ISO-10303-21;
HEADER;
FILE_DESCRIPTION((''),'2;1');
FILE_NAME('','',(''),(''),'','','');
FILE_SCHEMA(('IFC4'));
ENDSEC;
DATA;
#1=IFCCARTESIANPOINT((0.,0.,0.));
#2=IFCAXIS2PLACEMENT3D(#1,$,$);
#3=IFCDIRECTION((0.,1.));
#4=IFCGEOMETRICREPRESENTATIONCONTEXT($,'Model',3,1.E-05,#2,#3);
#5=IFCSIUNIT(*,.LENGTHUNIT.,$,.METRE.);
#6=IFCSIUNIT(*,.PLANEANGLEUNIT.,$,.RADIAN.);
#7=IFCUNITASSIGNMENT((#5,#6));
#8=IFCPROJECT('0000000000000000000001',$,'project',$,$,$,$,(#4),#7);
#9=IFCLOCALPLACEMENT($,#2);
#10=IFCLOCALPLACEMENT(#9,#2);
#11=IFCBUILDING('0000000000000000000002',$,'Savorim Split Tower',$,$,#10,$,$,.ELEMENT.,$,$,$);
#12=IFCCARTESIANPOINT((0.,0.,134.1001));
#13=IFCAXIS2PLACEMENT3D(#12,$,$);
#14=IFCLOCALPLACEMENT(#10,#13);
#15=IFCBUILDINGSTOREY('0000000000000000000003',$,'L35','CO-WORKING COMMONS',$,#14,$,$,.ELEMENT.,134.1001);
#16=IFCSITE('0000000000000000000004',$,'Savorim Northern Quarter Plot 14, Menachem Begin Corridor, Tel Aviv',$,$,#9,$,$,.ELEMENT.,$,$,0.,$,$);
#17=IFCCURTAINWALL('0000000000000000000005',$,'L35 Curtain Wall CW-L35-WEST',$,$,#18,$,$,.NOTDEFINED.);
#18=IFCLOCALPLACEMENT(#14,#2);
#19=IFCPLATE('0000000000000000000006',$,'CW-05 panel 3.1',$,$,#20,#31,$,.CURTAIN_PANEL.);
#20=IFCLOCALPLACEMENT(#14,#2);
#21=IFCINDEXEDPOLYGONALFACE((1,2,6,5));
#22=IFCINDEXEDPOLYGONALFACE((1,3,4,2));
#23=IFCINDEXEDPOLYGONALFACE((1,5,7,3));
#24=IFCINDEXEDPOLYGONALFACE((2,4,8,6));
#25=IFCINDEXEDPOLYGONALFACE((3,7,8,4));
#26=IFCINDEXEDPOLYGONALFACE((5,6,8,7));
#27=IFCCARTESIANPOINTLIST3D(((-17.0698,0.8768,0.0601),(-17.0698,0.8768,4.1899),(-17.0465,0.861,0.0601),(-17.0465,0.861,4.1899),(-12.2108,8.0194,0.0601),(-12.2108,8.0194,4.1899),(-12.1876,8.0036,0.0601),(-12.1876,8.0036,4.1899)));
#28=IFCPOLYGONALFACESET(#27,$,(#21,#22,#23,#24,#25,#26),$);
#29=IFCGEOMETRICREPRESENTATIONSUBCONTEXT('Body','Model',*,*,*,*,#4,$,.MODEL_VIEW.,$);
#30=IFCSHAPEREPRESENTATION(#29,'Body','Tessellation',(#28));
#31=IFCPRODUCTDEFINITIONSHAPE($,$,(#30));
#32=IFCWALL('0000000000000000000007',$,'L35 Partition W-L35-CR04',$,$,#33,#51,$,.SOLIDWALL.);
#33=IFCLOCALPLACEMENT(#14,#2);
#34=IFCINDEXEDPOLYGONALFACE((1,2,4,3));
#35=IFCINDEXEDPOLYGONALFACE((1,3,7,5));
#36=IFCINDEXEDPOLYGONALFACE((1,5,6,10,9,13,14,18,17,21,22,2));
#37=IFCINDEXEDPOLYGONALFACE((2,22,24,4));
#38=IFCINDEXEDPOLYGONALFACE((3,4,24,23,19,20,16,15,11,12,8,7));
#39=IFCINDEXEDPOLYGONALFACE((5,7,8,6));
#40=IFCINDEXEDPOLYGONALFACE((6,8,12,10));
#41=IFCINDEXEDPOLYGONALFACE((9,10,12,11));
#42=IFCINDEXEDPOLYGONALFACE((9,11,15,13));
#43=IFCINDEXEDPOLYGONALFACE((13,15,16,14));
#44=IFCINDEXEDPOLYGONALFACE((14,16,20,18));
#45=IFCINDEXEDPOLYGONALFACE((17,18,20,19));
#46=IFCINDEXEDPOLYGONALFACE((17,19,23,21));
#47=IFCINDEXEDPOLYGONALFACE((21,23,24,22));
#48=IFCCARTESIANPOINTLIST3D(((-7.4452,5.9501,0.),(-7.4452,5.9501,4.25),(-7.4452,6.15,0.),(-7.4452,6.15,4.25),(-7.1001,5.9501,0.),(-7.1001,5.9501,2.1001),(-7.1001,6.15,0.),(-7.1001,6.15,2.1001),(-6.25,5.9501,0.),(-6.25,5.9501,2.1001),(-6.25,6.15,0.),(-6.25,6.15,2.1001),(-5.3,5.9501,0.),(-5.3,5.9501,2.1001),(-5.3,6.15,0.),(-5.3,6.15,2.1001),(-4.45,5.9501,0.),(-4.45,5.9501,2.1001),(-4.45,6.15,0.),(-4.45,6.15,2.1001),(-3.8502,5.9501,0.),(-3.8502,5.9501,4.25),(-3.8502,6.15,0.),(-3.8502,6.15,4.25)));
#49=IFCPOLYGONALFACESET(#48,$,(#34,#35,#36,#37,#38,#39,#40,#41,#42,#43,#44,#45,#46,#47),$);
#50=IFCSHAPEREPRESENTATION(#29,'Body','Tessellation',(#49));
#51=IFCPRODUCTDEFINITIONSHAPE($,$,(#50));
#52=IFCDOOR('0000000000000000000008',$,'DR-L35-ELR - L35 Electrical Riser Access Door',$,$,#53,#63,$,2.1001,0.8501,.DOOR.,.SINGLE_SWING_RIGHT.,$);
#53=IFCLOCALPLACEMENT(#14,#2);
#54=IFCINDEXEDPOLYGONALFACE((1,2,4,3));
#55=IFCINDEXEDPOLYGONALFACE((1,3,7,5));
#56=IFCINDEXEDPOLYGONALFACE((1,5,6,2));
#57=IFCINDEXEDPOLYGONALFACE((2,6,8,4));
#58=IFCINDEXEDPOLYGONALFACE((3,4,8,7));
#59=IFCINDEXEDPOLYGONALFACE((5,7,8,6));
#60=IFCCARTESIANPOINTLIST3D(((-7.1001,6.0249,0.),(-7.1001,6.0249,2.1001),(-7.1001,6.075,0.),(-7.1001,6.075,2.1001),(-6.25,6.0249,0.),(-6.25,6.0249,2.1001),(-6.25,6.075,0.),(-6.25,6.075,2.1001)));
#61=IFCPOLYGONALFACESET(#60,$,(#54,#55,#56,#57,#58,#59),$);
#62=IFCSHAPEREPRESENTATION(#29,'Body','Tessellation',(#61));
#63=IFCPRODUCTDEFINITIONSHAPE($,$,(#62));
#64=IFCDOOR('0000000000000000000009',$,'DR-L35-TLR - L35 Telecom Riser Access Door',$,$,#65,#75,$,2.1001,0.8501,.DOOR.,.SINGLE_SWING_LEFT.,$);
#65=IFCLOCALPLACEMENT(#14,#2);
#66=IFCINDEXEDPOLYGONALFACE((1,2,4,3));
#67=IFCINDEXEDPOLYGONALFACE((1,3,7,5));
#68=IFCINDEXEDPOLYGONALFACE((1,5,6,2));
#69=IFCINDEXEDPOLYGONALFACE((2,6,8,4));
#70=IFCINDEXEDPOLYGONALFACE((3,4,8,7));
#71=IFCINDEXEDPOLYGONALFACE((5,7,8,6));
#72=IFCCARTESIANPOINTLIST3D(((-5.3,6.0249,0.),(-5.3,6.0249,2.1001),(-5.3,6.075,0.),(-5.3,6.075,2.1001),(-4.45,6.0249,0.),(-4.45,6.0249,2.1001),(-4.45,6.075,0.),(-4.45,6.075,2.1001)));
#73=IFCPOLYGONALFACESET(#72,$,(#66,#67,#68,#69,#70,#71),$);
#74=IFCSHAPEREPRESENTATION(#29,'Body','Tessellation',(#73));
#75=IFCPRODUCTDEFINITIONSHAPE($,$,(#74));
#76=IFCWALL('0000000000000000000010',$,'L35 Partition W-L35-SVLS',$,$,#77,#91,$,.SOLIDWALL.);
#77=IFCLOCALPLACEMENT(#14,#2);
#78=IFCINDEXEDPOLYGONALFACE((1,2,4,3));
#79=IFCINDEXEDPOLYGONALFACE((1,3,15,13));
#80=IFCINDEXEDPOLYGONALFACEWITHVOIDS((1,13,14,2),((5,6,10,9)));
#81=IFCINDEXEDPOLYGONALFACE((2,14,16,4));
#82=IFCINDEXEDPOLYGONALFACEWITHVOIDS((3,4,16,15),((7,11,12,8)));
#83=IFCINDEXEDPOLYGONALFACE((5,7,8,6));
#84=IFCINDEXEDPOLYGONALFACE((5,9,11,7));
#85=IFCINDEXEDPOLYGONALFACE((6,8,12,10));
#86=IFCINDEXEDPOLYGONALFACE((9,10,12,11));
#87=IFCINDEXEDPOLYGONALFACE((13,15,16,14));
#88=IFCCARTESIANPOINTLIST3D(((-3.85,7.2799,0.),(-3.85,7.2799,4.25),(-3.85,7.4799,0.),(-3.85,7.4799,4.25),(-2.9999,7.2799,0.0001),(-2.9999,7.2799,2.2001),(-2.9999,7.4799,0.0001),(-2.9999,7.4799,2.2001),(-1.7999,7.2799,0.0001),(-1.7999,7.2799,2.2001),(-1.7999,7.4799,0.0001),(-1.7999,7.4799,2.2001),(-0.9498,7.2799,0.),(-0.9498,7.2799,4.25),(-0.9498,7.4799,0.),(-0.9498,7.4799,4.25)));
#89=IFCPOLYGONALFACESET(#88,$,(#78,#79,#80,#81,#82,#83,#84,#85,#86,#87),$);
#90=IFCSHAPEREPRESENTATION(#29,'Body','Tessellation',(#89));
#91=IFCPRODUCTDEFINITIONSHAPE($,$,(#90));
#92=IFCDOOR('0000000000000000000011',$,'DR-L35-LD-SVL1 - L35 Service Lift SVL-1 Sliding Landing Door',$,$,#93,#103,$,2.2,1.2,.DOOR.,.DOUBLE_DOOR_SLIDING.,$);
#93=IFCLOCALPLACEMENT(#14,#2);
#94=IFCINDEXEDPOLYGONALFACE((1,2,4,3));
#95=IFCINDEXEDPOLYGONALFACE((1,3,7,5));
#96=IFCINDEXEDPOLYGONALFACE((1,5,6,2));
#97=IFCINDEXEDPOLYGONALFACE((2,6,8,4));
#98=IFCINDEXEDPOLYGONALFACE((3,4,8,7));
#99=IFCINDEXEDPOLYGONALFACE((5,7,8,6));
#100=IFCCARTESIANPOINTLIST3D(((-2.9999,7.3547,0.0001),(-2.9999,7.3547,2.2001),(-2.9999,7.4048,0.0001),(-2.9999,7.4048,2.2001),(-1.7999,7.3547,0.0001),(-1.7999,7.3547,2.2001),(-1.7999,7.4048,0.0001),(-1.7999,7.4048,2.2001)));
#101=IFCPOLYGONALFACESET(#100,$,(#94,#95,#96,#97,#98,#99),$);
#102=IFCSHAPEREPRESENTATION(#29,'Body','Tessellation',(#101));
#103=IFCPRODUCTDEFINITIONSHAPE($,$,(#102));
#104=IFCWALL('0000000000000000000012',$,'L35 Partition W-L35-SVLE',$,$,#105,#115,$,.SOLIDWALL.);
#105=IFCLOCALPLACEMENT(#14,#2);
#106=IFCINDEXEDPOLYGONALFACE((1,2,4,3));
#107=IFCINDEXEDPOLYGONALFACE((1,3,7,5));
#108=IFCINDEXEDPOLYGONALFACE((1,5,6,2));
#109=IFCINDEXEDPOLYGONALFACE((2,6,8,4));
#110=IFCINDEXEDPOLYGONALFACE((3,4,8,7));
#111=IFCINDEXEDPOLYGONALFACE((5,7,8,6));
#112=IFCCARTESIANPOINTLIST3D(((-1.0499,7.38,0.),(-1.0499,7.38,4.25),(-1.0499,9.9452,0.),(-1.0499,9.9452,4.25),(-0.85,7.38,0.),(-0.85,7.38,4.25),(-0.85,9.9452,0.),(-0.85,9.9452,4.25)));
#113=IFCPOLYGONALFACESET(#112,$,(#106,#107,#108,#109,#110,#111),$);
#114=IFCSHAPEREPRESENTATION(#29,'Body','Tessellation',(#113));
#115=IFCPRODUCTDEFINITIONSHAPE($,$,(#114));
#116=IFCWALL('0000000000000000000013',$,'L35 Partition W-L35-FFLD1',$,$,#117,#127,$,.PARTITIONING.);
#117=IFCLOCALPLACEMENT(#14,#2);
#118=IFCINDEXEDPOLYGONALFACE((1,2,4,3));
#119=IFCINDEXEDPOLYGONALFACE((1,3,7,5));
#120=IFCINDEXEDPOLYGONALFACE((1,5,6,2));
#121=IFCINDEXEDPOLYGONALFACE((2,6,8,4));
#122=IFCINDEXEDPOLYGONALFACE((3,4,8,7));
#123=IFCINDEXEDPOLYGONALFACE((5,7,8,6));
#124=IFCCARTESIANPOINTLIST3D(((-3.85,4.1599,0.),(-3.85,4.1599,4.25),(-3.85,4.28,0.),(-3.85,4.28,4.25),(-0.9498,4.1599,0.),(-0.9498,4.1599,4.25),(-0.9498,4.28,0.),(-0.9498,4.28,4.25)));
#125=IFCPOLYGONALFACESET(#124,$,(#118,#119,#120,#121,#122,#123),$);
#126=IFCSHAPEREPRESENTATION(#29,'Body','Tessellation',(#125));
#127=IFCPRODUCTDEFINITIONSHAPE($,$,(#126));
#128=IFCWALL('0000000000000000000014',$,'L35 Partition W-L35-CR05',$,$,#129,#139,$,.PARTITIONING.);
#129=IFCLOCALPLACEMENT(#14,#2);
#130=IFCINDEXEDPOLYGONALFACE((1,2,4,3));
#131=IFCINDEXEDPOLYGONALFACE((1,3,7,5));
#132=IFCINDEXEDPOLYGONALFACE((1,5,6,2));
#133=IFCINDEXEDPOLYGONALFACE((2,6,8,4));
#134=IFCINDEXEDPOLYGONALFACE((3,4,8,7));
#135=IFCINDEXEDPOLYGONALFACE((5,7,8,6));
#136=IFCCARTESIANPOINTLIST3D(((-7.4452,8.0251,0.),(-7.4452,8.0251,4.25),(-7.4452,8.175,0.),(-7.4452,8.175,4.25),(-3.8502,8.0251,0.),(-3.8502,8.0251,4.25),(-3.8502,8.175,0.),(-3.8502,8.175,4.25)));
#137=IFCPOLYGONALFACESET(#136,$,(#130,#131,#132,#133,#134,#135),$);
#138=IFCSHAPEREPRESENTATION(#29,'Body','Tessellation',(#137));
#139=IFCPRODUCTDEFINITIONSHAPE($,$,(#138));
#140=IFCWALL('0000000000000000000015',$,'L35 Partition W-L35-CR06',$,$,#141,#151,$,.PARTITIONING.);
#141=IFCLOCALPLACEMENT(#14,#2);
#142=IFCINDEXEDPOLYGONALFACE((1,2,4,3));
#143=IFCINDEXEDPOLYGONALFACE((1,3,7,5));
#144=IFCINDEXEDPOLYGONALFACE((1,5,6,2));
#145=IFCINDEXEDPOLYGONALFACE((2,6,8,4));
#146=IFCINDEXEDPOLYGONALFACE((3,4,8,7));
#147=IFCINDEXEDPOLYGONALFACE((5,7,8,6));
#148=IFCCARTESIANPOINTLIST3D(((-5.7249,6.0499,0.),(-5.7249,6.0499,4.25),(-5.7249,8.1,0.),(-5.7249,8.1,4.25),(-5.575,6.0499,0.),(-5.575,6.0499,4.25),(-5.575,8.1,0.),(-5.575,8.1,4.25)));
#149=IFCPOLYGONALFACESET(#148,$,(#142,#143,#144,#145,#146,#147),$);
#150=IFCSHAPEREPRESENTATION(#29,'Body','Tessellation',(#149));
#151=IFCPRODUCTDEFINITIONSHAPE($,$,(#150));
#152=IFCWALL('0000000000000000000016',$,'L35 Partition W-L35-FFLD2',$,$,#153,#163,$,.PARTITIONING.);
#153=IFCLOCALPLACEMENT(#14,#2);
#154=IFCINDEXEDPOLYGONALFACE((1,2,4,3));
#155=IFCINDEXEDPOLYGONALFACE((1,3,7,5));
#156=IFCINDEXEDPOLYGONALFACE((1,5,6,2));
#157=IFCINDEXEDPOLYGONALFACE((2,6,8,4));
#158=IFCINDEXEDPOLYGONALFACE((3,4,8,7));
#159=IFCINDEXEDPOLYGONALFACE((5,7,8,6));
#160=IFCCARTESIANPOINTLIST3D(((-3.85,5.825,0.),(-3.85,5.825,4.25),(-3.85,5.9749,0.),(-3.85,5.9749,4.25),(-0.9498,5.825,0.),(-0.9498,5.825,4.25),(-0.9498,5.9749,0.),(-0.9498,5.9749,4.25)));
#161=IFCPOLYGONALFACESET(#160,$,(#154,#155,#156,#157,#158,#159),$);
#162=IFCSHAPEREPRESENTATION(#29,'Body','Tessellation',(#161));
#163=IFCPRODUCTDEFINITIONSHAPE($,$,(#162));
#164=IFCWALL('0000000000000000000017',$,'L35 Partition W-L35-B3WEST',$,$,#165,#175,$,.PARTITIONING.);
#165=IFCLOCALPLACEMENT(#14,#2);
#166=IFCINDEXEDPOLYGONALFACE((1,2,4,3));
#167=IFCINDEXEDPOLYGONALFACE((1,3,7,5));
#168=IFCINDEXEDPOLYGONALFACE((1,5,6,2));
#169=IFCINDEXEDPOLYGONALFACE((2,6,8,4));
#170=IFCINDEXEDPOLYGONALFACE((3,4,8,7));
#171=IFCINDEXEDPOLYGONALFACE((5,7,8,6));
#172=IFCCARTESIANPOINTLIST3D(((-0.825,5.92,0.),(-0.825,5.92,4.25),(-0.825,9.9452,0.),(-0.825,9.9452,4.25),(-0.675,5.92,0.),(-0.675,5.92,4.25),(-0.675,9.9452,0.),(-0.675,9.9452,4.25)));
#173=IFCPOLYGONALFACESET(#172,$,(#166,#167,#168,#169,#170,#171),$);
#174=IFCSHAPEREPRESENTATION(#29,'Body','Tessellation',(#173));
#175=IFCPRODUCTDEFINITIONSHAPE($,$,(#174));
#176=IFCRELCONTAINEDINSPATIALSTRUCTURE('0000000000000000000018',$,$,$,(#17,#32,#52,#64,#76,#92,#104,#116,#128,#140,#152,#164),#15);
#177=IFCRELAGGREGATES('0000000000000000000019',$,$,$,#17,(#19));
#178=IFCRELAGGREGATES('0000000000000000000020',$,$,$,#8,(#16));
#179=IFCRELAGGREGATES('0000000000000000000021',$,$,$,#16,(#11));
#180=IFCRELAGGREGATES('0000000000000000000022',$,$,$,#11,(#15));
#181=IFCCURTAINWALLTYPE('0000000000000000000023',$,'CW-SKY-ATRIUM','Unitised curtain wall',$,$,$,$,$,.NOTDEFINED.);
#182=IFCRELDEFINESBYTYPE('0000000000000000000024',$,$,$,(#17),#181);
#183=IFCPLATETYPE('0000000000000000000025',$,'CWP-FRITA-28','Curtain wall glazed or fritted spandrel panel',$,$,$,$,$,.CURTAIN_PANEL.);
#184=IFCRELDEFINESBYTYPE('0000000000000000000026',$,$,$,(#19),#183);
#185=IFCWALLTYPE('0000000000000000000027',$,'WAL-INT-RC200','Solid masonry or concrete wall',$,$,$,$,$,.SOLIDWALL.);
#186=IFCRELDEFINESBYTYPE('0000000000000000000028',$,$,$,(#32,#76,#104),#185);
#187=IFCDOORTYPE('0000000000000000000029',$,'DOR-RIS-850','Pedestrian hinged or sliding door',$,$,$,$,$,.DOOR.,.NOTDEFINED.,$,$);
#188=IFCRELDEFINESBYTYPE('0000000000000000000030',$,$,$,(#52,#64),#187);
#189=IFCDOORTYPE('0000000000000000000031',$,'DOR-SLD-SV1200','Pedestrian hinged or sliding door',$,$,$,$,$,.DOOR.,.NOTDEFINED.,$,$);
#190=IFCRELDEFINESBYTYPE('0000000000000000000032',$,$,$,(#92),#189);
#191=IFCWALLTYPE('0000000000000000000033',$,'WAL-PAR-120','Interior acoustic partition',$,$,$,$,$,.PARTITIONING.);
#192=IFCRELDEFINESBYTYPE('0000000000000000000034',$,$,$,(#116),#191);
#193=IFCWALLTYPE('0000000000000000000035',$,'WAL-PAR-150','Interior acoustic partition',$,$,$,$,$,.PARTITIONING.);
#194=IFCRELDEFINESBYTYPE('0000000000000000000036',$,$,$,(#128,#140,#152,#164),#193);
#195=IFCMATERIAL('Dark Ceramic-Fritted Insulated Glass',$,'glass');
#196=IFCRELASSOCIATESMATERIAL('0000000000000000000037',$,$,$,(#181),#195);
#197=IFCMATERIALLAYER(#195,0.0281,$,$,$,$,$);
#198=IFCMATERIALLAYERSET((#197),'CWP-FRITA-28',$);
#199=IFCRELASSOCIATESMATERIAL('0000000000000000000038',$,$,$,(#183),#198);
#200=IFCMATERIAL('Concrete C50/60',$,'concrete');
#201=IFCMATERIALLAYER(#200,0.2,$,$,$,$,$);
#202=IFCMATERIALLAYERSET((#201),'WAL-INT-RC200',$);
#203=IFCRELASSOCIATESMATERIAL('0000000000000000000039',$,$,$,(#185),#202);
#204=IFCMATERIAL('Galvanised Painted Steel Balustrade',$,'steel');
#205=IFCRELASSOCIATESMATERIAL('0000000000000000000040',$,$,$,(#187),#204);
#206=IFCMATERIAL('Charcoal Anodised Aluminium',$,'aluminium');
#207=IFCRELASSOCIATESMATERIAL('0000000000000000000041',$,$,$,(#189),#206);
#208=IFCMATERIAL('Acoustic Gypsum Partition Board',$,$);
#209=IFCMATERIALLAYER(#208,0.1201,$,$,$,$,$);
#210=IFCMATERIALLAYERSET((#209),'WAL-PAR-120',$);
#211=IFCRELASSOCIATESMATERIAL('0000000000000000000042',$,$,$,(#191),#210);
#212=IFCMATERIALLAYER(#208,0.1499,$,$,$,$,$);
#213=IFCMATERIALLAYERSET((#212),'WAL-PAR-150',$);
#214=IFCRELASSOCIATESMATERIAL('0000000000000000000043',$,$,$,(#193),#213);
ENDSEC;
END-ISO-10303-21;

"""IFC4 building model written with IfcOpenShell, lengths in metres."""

from ifc_helpers import new_model, si_unit, direction, frame, frame_2d, origin, origin_2d, place, context, subcontext, project, spatial, rectangle, extrude, material, layer, layer_set, type_object, element, fill, aggregate, save


model = new_model("IFC4")

# Units and contexts
model_context = context("Model", 3, precision=1e-05, world=origin(), true_north=direction((0.0, 1.0)))
body_context = subcontext(model_context, "Body", "Model", "MODEL_VIEW")
ifc_project = project(units=[si_unit("LENGTHUNIT", "METRE"), si_unit("PLANEANGLEUNIT", "RADIAN")], contexts=[model_context])

# Site, building, storey
site_placement = place(None, origin())
site = spatial("IfcSite", under=ifc_project, at=site_placement, Name="Savorim Northern Quarter Plot 14, Menachem Begin Corridor, Tel Aviv", CompositionType="ELEMENT", RefElevation=0.0)
building_placement = place(site_placement, origin())
building = spatial("IfcBuilding", under=site, at=building_placement, Name="Savorim Split Tower", CompositionType="ELEMENT")
storey_placement = place(building_placement, frame((0.0, 0.0, 134.1001)))
storey = spatial("IfcBuildingStorey", under=building, at=storey_placement, Name="L35", Description="CO-WORKING COMMONS", CompositionType="ELEMENT", Elevation=134.1001)

# Curtain wall, plate
ifc_material_1 = material(Name="Dark Ceramic-Fritted Insulated Glass", Category="glass")
curtain_wall_type = type_object("IfcCurtainWallType", Name="CW-SKY-ATRIUM", Description="Unitised curtain wall", PredefinedType="NOTDEFINED", material=ifc_material_1)
curtain_wall_placement = place(storey_placement, origin())
curtain_wall = element("IfcCurtainWall", 1, at=curtain_wall_placement, inside=storey, type_object=curtain_wall_type, Name="L35 Curtain Wall CW-L35-WEST", PredefinedType="NOTDEFINED")
ifc_material_2 = material(Name="Charcoal Anodised Aluminium", Category="aluminium")
ifc_layer_1 = layer(ifc_material_1, 0.0281)
ifc_layer_set_1 = layer_set([ifc_layer_1], Name="CWP-FRITA-28")
plate_type = type_object("IfcPlateType", Name="CWP-FRITA-28", Description="Curtain wall glazed or fritted spandrel panel", PredefinedType="CURTAIN_PANEL", material=ifc_layer_set_1)
plate_placement = place(storey_placement, frame((-14.6287, 4.4402, 0.0601), z_axis=(0.0, 0.0, 1.0), x_axis=(-0.562467, -0.82682, 0.0)))
plate = element("IfcPlate", 2, at=plate_placement, type_object=plate_type, Name="CW-05 panel 3.1", PredefinedType="CURTAIN_PANEL", context=body_context, shape_type="SweptSolid", body=[
    extrude(rectangle(XDim=8.6387, YDim=0.0281, at=origin_2d()), origin(), (0.0, 0.0, 1.0), 4.1299),
])
aggregate(curtain_wall, [plate])

# Wall, openings, doors
ifc_material_3 = material(Name="Concrete C50/60", Category="concrete")
ifc_layer_2 = layer(ifc_material_3, 0.2)
ifc_layer_set_2 = layer_set([ifc_layer_2], Name="WAL-INT-RC200")
wall_type_1 = type_object("IfcWallType", Name="WAL-INT-RC200", Description="Solid masonry or concrete wall", PredefinedType="SOLIDWALL", material=ifc_layer_set_2)
wall_1_placement = place(storey_placement, frame((-7.4451, 6.05, 0.0), z_axis=(0.0, 0.0, 1.0), x_axis=(1.0, 0.0, 0.0)))
wall_1 = element("IfcWall", 3, at=wall_1_placement, inside=storey, type_object=wall_type_1, Name="L35 Partition W-L35-CR04", PredefinedType="SOLIDWALL", context=body_context, shape_type="SweptSolid", body=[
    extrude(rectangle(XDim=3.595, YDim=0.2, at=frame_2d((1.7974, 0.0))), origin(), (0.0, 0.0, 1.0), 4.25),
])
opening_1_placement = place(wall_1_placement, frame((0.345, 0.0, 0.0)))
opening_1 = element("IfcOpeningElement", 4, at=opening_1_placement, cuts=wall_1, PredefinedType="OPENING", context=body_context, shape_type="SweptSolid", body=[
    extrude(rectangle(XDim=0.8501, YDim=2.1001, at=frame_2d((0.425, 1.05))), frame((0.0, 0.1099, 0.0), z_axis=(0.0, -1.0, 0.0), x_axis=(1.0, 0.0, 0.0)), (0.0, 0.0, 1.0), 0.22),
])
opening_2_placement = place(wall_1_placement, frame((2.145, 0.0, 0.0)))
opening_2 = element("IfcOpeningElement", 5, at=opening_2_placement, cuts=wall_1, PredefinedType="OPENING", context=body_context, shape_type="SweptSolid", body=[
    extrude(rectangle(XDim=0.8501, YDim=2.1001, at=frame_2d((0.425, 1.05))), frame((0.0, 0.1099, 0.0), z_axis=(0.0, -1.0, 0.0), x_axis=(1.0, 0.0, 0.0)), (0.0, 0.0, 1.0), 0.22),
])
ifc_material_4 = material(Name="Galvanised Painted Steel Balustrade", Category="steel")
door_type_1 = type_object("IfcDoorType", Name="DOR-RIS-850", Description="Pedestrian hinged or sliding door", OperationType="NOTDEFINED", PredefinedType="DOOR", material=ifc_material_4)
door_1_placement = place(opening_1_placement, origin())
door_1 = element("IfcDoor", 6, at=door_1_placement, inside=storey, type_object=door_type_1, Name="DR-L35-ELR - L35 Electrical Riser Access Door", OperationType="SINGLE_SWING_RIGHT", OverallHeight=2.1001, OverallWidth=0.8501, PredefinedType="DOOR", context=body_context, shape_type="SweptSolid", body=[
    extrude(rectangle(XDim=0.8501, YDim=2.1001, at=frame_2d((0.425, 1.05))), frame((0.0, 0.0249, 0.0), z_axis=(0.0, -1.0, 0.0), x_axis=(1.0, 0.0, 0.0)), (0.0, 0.0, 1.0), 0.05),
])
fill(opening_1, door_1)
door_2_placement = place(opening_2_placement, origin())
door_2 = element("IfcDoor", 7, at=door_2_placement, inside=storey, type_object=door_type_1, Name="DR-L35-TLR - L35 Telecom Riser Access Door", OperationType="SINGLE_SWING_LEFT", OverallHeight=2.1001, OverallWidth=0.8501, PredefinedType="DOOR", context=body_context, shape_type="SweptSolid", body=[
    extrude(rectangle(XDim=0.8501, YDim=2.1001, at=frame_2d((0.425, 1.05))), frame((0.0, 0.0249, 0.0), z_axis=(0.0, -1.0, 0.0), x_axis=(1.0, 0.0, 0.0)), (0.0, 0.0, 1.0), 0.05),
])
fill(opening_2, door_2)

# Wall, opening, door
wall_2_placement = place(storey_placement, frame((-3.8501, 7.3799, 0.0), z_axis=(0.0, 0.0, 1.0), x_axis=(1.0, 0.0, 0.0)))
wall_2 = element("IfcWall", 8, at=wall_2_placement, inside=storey, type_object=wall_type_1, Name="L35 Partition W-L35-SVLS", PredefinedType="SOLIDWALL", context=body_context, shape_type="SweptSolid", body=[
    extrude(rectangle(XDim=2.9001, YDim=0.2, at=frame_2d((1.4502, 0.0))), origin(), (0.0, 0.0, 1.0), 4.25),
])
opening_3_placement = place(wall_2_placement, frame((0.8501, 0.0, 0.0)))
opening_3 = element("IfcOpeningElement", 9, at=opening_3_placement, cuts=wall_2, PredefinedType="OPENING", context=body_context, shape_type="SweptSolid", body=[
    extrude(rectangle(XDim=1.2, YDim=2.2, at=frame_2d((0.6001, 1.1001))), frame((0.0, 0.1099, 0.0), z_axis=(0.0, -1.0, 0.0), x_axis=(1.0, 0.0, 0.0)), (0.0, 0.0, 1.0), 0.22),
])
door_type_2 = type_object("IfcDoorType", Name="DOR-SLD-SV1200", Description="Pedestrian hinged or sliding door", OperationType="NOTDEFINED", PredefinedType="DOOR", material=ifc_material_2)
door_3_placement = place(opening_3_placement, origin())
door_3 = element("IfcDoor", 10, at=door_3_placement, inside=storey, type_object=door_type_2, Name="DR-L35-LD-SVL1 - L35 Service Lift SVL-1 Sliding Landing Door", OperationType="DOUBLE_DOOR_SLIDING", OverallHeight=2.2, OverallWidth=1.2, PredefinedType="DOOR", context=body_context, shape_type="SweptSolid", body=[
    extrude(rectangle(XDim=1.2, YDim=2.2, at=frame_2d((0.6001, 1.1001))), frame((0.0, 0.0249, 0.0), z_axis=(0.0, -1.0, 0.0), x_axis=(1.0, 0.0, 0.0)), (0.0, 0.0, 1.0), 0.05),
])
fill(opening_3, door_3)

# Walls
wall_3_placement = place(storey_placement, frame((-0.95, 7.3799, 0.0), z_axis=(0.0, 0.0, 1.0), x_axis=(0.0, 1.0, 0.0)))
element("IfcWall", 11, at=wall_3_placement, inside=storey, type_object=wall_type_1, Name="L35 Partition W-L35-SVLE", PredefinedType="SOLIDWALL", context=body_context, shape_type="SweptSolid", body=[
    extrude(rectangle(XDim=2.5652, YDim=0.2, at=frame_2d((1.2827, 0.0))), origin(), (0.0, 0.0, 1.0), 4.25),
])
ifc_material_5 = material(Name="Acoustic Gypsum Partition Board")
ifc_layer_3 = layer(ifc_material_5, 0.1201)
ifc_layer_set_3 = layer_set([ifc_layer_3], Name="WAL-PAR-120")
wall_type_2 = type_object("IfcWallType", Name="WAL-PAR-120", Description="Interior acoustic partition", PredefinedType="PARTITIONING", material=ifc_layer_set_3)
wall_4_placement = place(storey_placement, frame((-3.8501, 4.22, 0.0), z_axis=(0.0, 0.0, 1.0), x_axis=(1.0, 0.0, 0.0)))
element("IfcWall", 12, at=wall_4_placement, inside=storey, type_object=wall_type_2, Name="L35 Partition W-L35-FFLD1", PredefinedType="PARTITIONING", context=body_context, shape_type="SweptSolid", body=[
    extrude(rectangle(XDim=2.9001, YDim=0.1201, at=frame_2d((1.4502, 0.0))), origin(), (0.0, 0.0, 1.0), 4.25),
])
ifc_layer_4 = layer(ifc_material_5, 0.1499)
ifc_layer_set_4 = layer_set([ifc_layer_4], Name="WAL-PAR-150")
wall_type_3 = type_object("IfcWallType", Name="WAL-PAR-150", Description="Interior acoustic partition", PredefinedType="PARTITIONING", material=ifc_layer_set_4)
wall_5_placement = place(storey_placement, frame((-7.4451, 8.1001, 0.0), z_axis=(0.0, 0.0, 1.0), x_axis=(1.0, 0.0, 0.0)))
element("IfcWall", 13, at=wall_5_placement, inside=storey, type_object=wall_type_3, Name="L35 Partition W-L35-CR05", PredefinedType="PARTITIONING", context=body_context, shape_type="SweptSolid", body=[
    extrude(rectangle(XDim=3.595, YDim=0.1499, at=frame_2d((1.7974, 0.0))), origin(), (0.0, 0.0, 1.0), 4.25),
])
wall_6_placement = place(storey_placement, frame((-5.6499, 6.05, 0.0), z_axis=(0.0, 0.0, 1.0), x_axis=(0.0, 1.0, 0.0)))
element("IfcWall", 14, at=wall_6_placement, inside=storey, type_object=wall_type_3, Name="L35 Partition W-L35-CR06", PredefinedType="PARTITIONING", context=body_context, shape_type="SweptSolid", body=[
    extrude(rectangle(XDim=2.05, YDim=0.1499, at=frame_2d((1.0249, 0.0))), origin(), (0.0, 0.0, 1.0), 4.25),
])
wall_7_placement = place(storey_placement, frame((-3.8501, 5.8999, 0.0), z_axis=(0.0, 0.0, 1.0), x_axis=(1.0, 0.0, 0.0)))
element("IfcWall", 15, at=wall_7_placement, inside=storey, type_object=wall_type_3, Name="L35 Partition W-L35-FFLD2", PredefinedType="PARTITIONING", context=body_context, shape_type="SweptSolid", body=[
    extrude(rectangle(XDim=2.9001, YDim=0.1499, at=frame_2d((1.4502, 0.0))), origin(), (0.0, 0.0, 1.0), 4.25),
])
wall_8_placement = place(storey_placement, frame((-0.75, 5.9199, 0.0), z_axis=(0.0, 0.0, 1.0), x_axis=(0.0, 1.0, 0.0)))
element("IfcWall", 16, at=wall_8_placement, inside=storey, type_object=wall_type_3, Name="L35 Partition W-L35-B3WEST", PredefinedType="PARTITIONING", context=body_context, shape_type="SweptSolid", body=[
    extrude(rectangle(XDim=4.0251, YDim=0.1499, at=frame_2d((2.0127, 0.0))), origin(), (0.0, 0.0, 1.0), 4.25),
])

save(model, "model.ifc")
